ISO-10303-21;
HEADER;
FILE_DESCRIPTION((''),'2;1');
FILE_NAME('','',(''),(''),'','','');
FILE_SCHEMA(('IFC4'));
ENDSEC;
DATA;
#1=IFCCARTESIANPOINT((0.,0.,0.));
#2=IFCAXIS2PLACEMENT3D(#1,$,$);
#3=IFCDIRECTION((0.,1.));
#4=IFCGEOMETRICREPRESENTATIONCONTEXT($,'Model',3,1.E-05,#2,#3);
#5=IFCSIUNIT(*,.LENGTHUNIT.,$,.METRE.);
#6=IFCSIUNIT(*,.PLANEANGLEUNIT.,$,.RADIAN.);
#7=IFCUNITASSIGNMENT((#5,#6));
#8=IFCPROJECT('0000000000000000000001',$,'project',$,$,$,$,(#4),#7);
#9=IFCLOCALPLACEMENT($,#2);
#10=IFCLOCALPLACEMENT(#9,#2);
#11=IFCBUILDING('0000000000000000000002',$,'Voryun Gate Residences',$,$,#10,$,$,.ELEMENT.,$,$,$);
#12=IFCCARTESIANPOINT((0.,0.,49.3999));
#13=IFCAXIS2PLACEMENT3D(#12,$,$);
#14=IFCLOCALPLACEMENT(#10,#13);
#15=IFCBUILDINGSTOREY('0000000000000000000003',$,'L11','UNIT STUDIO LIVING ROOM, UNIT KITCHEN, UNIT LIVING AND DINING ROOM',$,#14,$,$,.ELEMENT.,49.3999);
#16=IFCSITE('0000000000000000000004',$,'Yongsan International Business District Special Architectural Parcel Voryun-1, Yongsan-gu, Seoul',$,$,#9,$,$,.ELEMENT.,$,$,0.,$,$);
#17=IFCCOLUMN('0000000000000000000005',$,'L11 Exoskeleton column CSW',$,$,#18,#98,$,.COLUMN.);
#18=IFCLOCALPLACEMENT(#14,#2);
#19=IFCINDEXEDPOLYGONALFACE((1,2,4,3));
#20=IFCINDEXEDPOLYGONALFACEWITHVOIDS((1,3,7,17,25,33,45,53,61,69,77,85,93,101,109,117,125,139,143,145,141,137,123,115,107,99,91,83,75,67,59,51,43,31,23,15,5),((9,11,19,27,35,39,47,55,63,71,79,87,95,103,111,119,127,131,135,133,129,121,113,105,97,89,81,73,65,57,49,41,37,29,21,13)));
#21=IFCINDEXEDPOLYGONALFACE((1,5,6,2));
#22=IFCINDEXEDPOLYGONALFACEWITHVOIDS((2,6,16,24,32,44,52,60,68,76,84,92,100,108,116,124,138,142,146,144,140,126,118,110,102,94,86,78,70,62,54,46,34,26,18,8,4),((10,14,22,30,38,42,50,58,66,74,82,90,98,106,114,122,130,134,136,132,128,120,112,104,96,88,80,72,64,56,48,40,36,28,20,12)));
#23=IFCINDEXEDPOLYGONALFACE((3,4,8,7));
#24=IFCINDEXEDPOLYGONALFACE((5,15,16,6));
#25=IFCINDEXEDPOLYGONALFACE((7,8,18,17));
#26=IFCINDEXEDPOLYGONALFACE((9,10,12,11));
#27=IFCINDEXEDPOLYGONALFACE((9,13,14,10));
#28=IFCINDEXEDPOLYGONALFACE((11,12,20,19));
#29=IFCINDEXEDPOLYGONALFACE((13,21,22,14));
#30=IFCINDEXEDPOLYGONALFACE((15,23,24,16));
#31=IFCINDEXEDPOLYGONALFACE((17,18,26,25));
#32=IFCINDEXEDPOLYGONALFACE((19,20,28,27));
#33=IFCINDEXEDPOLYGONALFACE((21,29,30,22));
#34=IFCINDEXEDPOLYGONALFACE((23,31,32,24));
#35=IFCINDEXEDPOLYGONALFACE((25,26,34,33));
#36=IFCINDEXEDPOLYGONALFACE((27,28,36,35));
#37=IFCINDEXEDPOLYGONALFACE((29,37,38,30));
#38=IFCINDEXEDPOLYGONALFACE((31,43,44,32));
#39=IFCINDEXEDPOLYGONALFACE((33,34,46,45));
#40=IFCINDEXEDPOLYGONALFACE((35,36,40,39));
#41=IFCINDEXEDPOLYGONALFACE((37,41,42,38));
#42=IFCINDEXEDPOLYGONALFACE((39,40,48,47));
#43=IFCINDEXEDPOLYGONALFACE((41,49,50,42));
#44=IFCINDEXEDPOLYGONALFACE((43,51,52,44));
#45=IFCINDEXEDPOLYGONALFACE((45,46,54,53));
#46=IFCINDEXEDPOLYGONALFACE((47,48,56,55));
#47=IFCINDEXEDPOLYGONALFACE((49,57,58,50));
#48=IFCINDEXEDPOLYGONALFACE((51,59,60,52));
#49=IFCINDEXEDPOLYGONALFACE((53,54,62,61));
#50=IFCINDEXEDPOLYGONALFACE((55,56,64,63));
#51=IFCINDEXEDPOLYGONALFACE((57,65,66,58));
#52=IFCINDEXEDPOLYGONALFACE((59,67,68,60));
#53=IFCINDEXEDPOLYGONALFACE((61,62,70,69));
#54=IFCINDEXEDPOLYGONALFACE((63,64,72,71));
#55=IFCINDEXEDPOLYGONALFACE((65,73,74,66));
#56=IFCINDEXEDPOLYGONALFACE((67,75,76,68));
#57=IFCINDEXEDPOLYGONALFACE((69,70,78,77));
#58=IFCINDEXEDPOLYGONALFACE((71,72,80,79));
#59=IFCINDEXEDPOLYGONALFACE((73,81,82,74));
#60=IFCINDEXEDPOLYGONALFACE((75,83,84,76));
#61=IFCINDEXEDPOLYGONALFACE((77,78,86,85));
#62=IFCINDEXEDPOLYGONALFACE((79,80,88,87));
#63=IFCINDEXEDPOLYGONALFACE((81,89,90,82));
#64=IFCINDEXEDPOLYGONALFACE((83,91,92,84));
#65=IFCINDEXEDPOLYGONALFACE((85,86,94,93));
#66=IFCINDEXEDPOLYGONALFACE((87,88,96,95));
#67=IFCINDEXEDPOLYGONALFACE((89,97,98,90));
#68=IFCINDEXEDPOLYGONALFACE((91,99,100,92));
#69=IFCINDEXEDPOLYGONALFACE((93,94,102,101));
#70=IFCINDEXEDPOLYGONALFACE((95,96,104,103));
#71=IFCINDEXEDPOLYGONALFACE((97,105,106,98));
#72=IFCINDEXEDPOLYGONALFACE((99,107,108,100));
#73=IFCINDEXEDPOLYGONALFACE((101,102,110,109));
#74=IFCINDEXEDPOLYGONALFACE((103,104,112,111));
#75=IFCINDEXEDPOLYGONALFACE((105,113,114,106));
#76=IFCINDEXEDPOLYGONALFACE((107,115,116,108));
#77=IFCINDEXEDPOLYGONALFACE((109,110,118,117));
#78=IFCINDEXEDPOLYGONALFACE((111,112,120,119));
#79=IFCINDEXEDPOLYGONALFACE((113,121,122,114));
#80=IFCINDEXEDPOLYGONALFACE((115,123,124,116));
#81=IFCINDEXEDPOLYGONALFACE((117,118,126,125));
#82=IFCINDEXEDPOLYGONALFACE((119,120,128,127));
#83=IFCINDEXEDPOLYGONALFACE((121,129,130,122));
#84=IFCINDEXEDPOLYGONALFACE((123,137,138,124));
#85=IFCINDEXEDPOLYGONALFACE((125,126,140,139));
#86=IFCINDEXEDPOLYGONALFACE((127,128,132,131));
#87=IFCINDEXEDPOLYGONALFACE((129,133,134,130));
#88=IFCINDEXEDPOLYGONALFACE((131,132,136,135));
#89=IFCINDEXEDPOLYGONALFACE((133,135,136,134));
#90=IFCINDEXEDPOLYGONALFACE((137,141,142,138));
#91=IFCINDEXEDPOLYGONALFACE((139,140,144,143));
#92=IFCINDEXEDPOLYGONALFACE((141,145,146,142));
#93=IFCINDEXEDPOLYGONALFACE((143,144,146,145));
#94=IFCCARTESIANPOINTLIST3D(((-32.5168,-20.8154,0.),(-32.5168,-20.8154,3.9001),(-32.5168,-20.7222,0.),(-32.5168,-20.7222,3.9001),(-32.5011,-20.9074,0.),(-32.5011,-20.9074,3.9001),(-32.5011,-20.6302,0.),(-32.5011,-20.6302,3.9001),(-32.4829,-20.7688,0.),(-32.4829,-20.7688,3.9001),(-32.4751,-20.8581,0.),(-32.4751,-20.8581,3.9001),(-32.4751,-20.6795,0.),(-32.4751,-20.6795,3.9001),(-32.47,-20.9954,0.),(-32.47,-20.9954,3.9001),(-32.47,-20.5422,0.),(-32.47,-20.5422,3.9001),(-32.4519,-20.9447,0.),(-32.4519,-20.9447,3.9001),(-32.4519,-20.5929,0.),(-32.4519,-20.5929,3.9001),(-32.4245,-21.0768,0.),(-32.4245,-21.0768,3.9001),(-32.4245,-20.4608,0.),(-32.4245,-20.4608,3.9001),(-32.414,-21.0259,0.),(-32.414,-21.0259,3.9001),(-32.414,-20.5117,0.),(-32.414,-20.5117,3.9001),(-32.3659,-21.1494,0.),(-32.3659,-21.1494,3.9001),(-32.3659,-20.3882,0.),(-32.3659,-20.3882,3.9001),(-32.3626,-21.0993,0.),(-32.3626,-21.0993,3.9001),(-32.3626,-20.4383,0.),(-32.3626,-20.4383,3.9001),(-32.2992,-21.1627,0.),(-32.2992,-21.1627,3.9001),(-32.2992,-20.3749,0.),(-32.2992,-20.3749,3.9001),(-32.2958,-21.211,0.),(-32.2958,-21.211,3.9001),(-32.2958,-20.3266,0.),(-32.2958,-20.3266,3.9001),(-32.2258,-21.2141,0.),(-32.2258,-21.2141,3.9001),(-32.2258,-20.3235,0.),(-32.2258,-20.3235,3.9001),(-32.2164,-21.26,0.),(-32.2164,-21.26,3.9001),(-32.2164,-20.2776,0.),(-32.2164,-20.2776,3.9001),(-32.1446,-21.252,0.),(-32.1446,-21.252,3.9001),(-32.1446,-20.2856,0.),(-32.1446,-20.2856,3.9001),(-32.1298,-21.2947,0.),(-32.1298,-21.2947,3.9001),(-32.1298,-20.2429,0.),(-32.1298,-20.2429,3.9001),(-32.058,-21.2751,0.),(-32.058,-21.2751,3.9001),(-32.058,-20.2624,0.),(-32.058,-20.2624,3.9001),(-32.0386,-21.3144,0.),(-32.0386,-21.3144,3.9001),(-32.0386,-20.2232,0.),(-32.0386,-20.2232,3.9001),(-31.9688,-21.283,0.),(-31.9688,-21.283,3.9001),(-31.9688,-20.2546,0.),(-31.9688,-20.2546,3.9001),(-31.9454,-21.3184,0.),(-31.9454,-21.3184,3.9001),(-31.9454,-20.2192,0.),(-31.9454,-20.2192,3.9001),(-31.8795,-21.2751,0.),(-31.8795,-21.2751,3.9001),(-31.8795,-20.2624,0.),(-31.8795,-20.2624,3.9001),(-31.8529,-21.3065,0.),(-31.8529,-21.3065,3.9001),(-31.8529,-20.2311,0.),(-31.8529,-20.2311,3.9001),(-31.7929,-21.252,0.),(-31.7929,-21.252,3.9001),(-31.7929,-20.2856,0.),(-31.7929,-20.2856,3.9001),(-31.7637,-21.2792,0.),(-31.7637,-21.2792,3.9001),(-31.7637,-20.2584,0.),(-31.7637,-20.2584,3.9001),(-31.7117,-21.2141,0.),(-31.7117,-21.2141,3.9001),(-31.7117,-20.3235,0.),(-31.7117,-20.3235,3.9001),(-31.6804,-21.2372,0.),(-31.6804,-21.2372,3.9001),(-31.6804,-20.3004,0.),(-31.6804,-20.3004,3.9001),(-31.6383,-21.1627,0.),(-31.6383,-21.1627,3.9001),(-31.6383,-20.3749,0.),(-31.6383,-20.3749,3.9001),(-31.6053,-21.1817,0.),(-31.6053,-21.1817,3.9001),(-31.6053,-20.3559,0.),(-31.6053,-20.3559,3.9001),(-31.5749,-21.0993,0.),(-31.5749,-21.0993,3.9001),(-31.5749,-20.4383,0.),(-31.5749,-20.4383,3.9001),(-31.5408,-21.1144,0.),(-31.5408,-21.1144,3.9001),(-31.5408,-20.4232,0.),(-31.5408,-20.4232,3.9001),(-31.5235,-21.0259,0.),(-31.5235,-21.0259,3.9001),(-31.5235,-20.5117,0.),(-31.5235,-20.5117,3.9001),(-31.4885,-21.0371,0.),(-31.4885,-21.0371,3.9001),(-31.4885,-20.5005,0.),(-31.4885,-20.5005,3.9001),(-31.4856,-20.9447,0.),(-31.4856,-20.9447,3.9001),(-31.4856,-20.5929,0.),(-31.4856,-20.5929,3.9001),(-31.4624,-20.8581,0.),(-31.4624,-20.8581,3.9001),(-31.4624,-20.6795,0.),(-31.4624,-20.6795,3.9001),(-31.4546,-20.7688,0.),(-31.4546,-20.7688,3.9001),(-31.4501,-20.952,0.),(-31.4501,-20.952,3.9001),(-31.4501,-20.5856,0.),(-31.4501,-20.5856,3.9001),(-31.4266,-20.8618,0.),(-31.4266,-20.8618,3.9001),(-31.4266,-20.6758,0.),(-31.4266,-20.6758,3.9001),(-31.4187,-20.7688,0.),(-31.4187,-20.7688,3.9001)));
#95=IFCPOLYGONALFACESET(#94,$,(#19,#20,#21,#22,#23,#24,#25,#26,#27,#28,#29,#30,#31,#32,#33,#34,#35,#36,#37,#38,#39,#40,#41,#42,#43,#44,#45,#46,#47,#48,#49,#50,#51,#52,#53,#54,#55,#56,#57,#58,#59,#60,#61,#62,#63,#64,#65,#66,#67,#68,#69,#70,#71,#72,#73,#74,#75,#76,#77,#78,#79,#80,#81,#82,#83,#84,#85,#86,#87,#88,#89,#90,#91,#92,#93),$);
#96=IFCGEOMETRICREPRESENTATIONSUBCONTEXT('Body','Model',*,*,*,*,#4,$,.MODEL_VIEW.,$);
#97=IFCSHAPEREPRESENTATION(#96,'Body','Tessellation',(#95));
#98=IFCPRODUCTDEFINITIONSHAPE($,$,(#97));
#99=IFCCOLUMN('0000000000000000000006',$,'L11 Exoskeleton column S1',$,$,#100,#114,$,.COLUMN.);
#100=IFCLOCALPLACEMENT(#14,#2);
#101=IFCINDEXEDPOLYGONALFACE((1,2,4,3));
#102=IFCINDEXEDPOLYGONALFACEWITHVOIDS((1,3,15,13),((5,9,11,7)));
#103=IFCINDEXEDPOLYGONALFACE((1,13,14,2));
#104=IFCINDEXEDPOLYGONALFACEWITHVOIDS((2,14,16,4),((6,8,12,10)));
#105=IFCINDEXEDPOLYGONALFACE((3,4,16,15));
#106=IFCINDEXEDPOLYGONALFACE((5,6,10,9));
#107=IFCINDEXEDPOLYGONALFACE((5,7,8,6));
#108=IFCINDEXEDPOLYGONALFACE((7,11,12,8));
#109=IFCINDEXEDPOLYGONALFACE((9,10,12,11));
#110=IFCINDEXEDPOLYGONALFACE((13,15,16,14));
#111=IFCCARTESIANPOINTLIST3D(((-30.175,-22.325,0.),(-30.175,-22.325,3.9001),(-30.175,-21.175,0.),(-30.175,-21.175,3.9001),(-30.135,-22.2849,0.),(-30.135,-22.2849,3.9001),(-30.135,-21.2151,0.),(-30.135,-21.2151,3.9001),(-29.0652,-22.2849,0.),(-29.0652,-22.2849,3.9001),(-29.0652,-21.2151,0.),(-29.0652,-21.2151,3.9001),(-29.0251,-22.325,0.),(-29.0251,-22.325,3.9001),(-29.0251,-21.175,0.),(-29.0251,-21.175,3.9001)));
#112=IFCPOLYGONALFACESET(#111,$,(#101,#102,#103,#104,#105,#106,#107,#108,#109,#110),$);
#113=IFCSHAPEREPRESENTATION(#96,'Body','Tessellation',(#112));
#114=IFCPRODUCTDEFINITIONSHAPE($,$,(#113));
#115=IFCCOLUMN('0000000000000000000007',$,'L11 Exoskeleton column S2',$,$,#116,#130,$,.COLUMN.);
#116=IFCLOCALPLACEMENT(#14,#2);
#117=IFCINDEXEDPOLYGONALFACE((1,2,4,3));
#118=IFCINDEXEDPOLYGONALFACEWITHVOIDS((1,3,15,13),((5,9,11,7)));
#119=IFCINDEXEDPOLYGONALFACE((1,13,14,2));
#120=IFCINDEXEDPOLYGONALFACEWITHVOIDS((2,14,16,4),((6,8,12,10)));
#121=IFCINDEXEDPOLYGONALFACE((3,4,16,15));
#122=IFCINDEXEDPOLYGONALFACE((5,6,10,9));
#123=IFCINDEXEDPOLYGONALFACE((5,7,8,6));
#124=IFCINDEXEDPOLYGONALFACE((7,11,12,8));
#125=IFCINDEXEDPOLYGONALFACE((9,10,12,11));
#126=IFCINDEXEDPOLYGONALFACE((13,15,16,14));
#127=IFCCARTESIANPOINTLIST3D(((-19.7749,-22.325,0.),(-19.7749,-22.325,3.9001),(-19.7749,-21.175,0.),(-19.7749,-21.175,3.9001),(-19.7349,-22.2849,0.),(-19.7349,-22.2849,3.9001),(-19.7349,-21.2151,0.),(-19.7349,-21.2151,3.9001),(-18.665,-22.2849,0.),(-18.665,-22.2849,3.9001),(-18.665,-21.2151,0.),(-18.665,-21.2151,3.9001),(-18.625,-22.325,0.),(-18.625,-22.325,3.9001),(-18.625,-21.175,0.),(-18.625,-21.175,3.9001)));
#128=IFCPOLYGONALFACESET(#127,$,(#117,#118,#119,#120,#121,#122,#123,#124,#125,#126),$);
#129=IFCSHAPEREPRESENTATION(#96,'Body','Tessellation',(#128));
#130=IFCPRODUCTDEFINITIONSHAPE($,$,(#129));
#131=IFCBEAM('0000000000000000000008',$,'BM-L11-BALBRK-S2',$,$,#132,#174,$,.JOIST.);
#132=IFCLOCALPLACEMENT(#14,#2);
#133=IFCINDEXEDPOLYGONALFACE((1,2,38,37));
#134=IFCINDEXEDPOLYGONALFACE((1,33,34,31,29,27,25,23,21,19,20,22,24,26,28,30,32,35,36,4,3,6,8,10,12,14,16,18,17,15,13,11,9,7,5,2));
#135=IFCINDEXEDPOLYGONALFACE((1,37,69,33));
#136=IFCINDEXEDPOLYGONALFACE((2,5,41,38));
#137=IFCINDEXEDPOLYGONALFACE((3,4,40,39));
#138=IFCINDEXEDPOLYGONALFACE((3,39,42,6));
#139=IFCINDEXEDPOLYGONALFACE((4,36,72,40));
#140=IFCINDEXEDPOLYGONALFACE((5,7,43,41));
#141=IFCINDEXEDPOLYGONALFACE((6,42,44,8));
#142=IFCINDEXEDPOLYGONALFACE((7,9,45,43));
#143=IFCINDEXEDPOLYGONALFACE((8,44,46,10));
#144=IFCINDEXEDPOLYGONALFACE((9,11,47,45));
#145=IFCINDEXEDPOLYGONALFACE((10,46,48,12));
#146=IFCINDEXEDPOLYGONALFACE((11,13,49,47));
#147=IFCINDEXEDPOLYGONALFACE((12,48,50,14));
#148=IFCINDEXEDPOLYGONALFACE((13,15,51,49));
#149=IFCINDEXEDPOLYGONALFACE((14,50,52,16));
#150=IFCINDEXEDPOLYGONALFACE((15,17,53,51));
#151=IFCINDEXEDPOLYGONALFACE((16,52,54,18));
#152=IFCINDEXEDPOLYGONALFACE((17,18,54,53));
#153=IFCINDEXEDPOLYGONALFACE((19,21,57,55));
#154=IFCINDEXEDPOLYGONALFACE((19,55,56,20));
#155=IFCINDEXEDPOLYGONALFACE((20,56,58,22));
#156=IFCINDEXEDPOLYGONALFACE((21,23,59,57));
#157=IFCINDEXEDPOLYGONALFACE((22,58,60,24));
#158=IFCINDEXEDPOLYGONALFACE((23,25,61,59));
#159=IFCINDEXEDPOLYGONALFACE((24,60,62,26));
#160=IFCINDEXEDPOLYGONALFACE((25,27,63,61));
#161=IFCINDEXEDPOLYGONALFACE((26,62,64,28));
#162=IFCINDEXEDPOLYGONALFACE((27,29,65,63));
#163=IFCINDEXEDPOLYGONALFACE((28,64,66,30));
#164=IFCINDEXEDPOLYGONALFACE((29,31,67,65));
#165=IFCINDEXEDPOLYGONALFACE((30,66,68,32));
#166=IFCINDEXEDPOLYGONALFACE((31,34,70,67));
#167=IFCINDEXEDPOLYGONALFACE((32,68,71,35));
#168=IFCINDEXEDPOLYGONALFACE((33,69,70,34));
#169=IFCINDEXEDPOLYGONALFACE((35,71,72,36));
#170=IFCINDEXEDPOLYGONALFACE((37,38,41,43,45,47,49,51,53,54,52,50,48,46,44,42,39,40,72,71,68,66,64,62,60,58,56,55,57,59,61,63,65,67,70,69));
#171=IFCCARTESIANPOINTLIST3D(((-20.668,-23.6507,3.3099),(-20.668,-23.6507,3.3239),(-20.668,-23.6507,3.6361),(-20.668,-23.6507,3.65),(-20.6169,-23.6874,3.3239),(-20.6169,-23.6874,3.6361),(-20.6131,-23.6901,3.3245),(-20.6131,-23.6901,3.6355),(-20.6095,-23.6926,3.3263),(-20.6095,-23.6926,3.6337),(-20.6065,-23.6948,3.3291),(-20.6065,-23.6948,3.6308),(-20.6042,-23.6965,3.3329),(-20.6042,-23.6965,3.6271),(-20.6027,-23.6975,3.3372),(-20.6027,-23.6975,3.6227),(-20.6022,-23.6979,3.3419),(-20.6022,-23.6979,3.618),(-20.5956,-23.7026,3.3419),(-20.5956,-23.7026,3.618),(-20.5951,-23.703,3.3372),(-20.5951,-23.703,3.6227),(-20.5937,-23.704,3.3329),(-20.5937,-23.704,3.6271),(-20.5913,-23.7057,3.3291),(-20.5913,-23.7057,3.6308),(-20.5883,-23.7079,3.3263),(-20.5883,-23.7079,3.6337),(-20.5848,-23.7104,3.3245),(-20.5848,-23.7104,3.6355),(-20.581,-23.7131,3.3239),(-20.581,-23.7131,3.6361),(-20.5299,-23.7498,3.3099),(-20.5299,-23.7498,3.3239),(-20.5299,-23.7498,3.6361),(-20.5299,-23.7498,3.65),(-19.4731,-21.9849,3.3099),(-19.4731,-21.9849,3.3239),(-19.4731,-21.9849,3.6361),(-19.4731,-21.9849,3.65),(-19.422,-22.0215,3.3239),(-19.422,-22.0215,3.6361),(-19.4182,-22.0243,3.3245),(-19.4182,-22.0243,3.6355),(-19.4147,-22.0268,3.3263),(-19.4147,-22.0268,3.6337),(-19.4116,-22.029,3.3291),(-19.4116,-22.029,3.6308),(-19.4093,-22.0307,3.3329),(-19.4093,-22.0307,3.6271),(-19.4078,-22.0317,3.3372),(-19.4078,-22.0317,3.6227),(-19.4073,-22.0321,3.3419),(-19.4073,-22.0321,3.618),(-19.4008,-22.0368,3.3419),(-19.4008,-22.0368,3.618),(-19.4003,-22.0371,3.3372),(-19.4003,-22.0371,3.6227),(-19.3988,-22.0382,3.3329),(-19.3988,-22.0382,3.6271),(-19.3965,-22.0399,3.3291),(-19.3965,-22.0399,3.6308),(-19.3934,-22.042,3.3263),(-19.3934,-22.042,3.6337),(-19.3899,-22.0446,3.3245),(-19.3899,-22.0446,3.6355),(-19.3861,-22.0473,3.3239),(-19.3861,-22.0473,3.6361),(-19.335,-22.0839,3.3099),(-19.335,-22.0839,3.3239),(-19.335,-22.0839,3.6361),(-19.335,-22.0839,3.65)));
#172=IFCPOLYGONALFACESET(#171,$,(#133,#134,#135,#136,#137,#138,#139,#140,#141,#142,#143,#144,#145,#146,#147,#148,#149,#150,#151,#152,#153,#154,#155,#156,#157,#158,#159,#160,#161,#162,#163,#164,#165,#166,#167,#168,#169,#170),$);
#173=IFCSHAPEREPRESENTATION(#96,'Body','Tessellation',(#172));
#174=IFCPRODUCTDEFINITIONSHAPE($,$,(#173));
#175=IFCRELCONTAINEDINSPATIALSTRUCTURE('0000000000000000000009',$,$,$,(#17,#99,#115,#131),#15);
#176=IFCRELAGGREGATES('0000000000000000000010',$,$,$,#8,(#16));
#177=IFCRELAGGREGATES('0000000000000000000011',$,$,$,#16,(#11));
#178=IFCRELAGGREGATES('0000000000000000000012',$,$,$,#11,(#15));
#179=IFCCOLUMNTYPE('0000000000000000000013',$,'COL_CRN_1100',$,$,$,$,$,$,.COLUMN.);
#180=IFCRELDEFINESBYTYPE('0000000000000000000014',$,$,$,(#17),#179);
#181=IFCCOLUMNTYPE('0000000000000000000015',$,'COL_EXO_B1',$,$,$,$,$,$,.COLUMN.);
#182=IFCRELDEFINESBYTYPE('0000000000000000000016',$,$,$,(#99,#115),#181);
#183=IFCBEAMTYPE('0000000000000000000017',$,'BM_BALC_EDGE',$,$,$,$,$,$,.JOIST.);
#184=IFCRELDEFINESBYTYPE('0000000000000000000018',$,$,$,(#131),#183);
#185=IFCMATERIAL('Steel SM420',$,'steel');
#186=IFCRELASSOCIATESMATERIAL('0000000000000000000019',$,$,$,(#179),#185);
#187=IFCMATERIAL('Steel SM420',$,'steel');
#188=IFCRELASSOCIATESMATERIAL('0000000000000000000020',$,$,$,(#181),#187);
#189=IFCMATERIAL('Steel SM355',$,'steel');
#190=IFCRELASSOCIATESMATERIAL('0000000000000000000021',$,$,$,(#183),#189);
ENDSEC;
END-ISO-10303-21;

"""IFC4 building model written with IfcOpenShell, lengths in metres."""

from ifc_helpers import new_model, si_unit, direction, frame, origin, origin_2d, place, context, subcontext, project, spatial, hollow_rectangle, hollow_circle, i_section, extrude, material, material_profile, profile_set, type_object, element, save


model = new_model("IFC4")

# Units and contexts
model_context = context("Model", 3, precision=1e-05, world=origin(), true_north=direction((0.0, 1.0)))
body_context = subcontext(model_context, "Body", "Model", "MODEL_VIEW")
ifc_project = project(units=[si_unit("LENGTHUNIT", "METRE"), si_unit("PLANEANGLEUNIT", "RADIAN")], contexts=[model_context])

# Site, building, storey
site_placement = place(None, origin())
site = spatial("IfcSite", under=ifc_project, at=site_placement, Name="Yongsan International Business District Special Architectural Parcel Voryun-1, Yongsan-gu, Seoul", CompositionType="ELEMENT", RefElevation=0.0)
building_placement = place(site_placement, origin())
building = spatial("IfcBuilding", under=site, at=building_placement, Name="Voryun Gate Residences", CompositionType="ELEMENT")
storey_placement = place(building_placement, frame((0.0, 0.0, 49.3999)))
storey = spatial("IfcBuildingStorey", under=building, at=storey_placement, Name="L11", Description="UNIT STUDIO LIVING ROOM, UNIT KITCHEN, UNIT LIVING AND DINING ROOM", CompositionType="ELEMENT", Elevation=49.3999)

# Columns
ifc_material_1 = material(Name="Steel SM420", Category="steel")
ifc_material_profile_1 = material_profile(ifc_material_1, hollow_circle(Radius=0.55, WallThickness=0.0359, at=origin_2d()), Name="CHS-1100x36")
ifc_profile_set_1 = profile_set([ifc_material_profile_1], Name="Steel SM420")
column_type_1 = type_object("IfcColumnType", Name="COL_CRN_1100", PredefinedType="COLUMN", material=ifc_profile_set_1)
column_placement = place(storey_placement, frame((-31.9688, -20.7688, 0.0), z_axis=(0.0, 0.0, 1.0), x_axis=(1.0, 0.0, 0.0)))
element("IfcColumn", 1, at=column_placement, inside=storey, type_object=column_type_1, Name="L11 Exoskeleton column CSW", PredefinedType="COLUMN", context=body_context, shape_type="SweptSolid", body=[
    extrude(hollow_circle(Radius=0.55, WallThickness=0.0359, at=origin_2d()), origin(), (0.0, 0.0, 1.0), 3.9001),
])
ifc_material_2 = material(Name="Steel SM420", Category="steel")
ifc_material_profile_2 = material_profile(ifc_material_2, hollow_rectangle(XDim=1.1499, YDim=1.1499, WallThickness=0.04, at=origin_2d()), Name="BOX-1150x1150x40")
ifc_profile_set_2 = profile_set([ifc_material_profile_2], Name="Steel SM420")
column_type_2 = type_object("IfcColumnType", Name="COL_EXO_B1", PredefinedType="COLUMN", material=ifc_profile_set_2)
for number, where, z_axis, x_axis, name in (
    (2, (-29.6001, -21.75, 0.0), (0.0, 0.0, 1.0), (1.0, 0.0, 0.0), "L11 Exoskeleton column S1"),
    (3, (-19.2, -21.75, 0.0), (0.0, 0.0, 1.0), (1.0, 0.0, 0.0), "L11 Exoskeleton column S2"),
):
    element("IfcColumn", number, at=place(storey_placement, frame(where, z_axis=z_axis, x_axis=x_axis)), inside=storey, type_object=column_type_2, Name=name, PredefinedType="COLUMN", context=body_context, shape_type="SweptSolid", body=[
        extrude(hollow_rectangle(XDim=1.1499, YDim=1.1499, WallThickness=0.04, at=origin_2d()), origin(), (0.0, 0.0, 1.0), 3.9001),
    ])

# Beam
ifc_material_3 = material(Name="Steel SM355", Category="steel")
ifc_material_profile_3 = material_profile(ifc_material_3, i_section(OverallWidth=0.1699, OverallDepth=0.3401, WebThickness=0.0081, FlangeThickness=0.0139, FilletRadius=0.0181, at=origin_2d()), Name="H-340x170x8x14")
ifc_profile_set_3 = profile_set([ifc_material_profile_3], Name="Steel SM355")
beam_type_1 = type_object("IfcBeamType", Name="BM_BALC_EDGE", PredefinedType="JOIST", material=ifc_profile_set_3)
beam_1_placement = place(storey_placement, frame((-19.4041, -22.0344, 3.48), z_axis=(-0.582848, -0.812581, 0.0), x_axis=(0.812581, -0.582848, 0.0)))
element("IfcBeam", 4, at=beam_1_placement, inside=storey, type_object=beam_type_1, Name="BM-L11-BALBRK-S2", PredefinedType="JOIST", context=body_context, shape_type="SweptSolid", body=[
    extrude(i_section(OverallWidth=0.1699, OverallDepth=0.3401, WebThickness=0.0081, FlangeThickness=0.0139, FilletRadius=0.0181, at=origin_2d()), origin(), (0.0, 0.0, 1.0), 2.05),
])

save(model, "model.ifc")
